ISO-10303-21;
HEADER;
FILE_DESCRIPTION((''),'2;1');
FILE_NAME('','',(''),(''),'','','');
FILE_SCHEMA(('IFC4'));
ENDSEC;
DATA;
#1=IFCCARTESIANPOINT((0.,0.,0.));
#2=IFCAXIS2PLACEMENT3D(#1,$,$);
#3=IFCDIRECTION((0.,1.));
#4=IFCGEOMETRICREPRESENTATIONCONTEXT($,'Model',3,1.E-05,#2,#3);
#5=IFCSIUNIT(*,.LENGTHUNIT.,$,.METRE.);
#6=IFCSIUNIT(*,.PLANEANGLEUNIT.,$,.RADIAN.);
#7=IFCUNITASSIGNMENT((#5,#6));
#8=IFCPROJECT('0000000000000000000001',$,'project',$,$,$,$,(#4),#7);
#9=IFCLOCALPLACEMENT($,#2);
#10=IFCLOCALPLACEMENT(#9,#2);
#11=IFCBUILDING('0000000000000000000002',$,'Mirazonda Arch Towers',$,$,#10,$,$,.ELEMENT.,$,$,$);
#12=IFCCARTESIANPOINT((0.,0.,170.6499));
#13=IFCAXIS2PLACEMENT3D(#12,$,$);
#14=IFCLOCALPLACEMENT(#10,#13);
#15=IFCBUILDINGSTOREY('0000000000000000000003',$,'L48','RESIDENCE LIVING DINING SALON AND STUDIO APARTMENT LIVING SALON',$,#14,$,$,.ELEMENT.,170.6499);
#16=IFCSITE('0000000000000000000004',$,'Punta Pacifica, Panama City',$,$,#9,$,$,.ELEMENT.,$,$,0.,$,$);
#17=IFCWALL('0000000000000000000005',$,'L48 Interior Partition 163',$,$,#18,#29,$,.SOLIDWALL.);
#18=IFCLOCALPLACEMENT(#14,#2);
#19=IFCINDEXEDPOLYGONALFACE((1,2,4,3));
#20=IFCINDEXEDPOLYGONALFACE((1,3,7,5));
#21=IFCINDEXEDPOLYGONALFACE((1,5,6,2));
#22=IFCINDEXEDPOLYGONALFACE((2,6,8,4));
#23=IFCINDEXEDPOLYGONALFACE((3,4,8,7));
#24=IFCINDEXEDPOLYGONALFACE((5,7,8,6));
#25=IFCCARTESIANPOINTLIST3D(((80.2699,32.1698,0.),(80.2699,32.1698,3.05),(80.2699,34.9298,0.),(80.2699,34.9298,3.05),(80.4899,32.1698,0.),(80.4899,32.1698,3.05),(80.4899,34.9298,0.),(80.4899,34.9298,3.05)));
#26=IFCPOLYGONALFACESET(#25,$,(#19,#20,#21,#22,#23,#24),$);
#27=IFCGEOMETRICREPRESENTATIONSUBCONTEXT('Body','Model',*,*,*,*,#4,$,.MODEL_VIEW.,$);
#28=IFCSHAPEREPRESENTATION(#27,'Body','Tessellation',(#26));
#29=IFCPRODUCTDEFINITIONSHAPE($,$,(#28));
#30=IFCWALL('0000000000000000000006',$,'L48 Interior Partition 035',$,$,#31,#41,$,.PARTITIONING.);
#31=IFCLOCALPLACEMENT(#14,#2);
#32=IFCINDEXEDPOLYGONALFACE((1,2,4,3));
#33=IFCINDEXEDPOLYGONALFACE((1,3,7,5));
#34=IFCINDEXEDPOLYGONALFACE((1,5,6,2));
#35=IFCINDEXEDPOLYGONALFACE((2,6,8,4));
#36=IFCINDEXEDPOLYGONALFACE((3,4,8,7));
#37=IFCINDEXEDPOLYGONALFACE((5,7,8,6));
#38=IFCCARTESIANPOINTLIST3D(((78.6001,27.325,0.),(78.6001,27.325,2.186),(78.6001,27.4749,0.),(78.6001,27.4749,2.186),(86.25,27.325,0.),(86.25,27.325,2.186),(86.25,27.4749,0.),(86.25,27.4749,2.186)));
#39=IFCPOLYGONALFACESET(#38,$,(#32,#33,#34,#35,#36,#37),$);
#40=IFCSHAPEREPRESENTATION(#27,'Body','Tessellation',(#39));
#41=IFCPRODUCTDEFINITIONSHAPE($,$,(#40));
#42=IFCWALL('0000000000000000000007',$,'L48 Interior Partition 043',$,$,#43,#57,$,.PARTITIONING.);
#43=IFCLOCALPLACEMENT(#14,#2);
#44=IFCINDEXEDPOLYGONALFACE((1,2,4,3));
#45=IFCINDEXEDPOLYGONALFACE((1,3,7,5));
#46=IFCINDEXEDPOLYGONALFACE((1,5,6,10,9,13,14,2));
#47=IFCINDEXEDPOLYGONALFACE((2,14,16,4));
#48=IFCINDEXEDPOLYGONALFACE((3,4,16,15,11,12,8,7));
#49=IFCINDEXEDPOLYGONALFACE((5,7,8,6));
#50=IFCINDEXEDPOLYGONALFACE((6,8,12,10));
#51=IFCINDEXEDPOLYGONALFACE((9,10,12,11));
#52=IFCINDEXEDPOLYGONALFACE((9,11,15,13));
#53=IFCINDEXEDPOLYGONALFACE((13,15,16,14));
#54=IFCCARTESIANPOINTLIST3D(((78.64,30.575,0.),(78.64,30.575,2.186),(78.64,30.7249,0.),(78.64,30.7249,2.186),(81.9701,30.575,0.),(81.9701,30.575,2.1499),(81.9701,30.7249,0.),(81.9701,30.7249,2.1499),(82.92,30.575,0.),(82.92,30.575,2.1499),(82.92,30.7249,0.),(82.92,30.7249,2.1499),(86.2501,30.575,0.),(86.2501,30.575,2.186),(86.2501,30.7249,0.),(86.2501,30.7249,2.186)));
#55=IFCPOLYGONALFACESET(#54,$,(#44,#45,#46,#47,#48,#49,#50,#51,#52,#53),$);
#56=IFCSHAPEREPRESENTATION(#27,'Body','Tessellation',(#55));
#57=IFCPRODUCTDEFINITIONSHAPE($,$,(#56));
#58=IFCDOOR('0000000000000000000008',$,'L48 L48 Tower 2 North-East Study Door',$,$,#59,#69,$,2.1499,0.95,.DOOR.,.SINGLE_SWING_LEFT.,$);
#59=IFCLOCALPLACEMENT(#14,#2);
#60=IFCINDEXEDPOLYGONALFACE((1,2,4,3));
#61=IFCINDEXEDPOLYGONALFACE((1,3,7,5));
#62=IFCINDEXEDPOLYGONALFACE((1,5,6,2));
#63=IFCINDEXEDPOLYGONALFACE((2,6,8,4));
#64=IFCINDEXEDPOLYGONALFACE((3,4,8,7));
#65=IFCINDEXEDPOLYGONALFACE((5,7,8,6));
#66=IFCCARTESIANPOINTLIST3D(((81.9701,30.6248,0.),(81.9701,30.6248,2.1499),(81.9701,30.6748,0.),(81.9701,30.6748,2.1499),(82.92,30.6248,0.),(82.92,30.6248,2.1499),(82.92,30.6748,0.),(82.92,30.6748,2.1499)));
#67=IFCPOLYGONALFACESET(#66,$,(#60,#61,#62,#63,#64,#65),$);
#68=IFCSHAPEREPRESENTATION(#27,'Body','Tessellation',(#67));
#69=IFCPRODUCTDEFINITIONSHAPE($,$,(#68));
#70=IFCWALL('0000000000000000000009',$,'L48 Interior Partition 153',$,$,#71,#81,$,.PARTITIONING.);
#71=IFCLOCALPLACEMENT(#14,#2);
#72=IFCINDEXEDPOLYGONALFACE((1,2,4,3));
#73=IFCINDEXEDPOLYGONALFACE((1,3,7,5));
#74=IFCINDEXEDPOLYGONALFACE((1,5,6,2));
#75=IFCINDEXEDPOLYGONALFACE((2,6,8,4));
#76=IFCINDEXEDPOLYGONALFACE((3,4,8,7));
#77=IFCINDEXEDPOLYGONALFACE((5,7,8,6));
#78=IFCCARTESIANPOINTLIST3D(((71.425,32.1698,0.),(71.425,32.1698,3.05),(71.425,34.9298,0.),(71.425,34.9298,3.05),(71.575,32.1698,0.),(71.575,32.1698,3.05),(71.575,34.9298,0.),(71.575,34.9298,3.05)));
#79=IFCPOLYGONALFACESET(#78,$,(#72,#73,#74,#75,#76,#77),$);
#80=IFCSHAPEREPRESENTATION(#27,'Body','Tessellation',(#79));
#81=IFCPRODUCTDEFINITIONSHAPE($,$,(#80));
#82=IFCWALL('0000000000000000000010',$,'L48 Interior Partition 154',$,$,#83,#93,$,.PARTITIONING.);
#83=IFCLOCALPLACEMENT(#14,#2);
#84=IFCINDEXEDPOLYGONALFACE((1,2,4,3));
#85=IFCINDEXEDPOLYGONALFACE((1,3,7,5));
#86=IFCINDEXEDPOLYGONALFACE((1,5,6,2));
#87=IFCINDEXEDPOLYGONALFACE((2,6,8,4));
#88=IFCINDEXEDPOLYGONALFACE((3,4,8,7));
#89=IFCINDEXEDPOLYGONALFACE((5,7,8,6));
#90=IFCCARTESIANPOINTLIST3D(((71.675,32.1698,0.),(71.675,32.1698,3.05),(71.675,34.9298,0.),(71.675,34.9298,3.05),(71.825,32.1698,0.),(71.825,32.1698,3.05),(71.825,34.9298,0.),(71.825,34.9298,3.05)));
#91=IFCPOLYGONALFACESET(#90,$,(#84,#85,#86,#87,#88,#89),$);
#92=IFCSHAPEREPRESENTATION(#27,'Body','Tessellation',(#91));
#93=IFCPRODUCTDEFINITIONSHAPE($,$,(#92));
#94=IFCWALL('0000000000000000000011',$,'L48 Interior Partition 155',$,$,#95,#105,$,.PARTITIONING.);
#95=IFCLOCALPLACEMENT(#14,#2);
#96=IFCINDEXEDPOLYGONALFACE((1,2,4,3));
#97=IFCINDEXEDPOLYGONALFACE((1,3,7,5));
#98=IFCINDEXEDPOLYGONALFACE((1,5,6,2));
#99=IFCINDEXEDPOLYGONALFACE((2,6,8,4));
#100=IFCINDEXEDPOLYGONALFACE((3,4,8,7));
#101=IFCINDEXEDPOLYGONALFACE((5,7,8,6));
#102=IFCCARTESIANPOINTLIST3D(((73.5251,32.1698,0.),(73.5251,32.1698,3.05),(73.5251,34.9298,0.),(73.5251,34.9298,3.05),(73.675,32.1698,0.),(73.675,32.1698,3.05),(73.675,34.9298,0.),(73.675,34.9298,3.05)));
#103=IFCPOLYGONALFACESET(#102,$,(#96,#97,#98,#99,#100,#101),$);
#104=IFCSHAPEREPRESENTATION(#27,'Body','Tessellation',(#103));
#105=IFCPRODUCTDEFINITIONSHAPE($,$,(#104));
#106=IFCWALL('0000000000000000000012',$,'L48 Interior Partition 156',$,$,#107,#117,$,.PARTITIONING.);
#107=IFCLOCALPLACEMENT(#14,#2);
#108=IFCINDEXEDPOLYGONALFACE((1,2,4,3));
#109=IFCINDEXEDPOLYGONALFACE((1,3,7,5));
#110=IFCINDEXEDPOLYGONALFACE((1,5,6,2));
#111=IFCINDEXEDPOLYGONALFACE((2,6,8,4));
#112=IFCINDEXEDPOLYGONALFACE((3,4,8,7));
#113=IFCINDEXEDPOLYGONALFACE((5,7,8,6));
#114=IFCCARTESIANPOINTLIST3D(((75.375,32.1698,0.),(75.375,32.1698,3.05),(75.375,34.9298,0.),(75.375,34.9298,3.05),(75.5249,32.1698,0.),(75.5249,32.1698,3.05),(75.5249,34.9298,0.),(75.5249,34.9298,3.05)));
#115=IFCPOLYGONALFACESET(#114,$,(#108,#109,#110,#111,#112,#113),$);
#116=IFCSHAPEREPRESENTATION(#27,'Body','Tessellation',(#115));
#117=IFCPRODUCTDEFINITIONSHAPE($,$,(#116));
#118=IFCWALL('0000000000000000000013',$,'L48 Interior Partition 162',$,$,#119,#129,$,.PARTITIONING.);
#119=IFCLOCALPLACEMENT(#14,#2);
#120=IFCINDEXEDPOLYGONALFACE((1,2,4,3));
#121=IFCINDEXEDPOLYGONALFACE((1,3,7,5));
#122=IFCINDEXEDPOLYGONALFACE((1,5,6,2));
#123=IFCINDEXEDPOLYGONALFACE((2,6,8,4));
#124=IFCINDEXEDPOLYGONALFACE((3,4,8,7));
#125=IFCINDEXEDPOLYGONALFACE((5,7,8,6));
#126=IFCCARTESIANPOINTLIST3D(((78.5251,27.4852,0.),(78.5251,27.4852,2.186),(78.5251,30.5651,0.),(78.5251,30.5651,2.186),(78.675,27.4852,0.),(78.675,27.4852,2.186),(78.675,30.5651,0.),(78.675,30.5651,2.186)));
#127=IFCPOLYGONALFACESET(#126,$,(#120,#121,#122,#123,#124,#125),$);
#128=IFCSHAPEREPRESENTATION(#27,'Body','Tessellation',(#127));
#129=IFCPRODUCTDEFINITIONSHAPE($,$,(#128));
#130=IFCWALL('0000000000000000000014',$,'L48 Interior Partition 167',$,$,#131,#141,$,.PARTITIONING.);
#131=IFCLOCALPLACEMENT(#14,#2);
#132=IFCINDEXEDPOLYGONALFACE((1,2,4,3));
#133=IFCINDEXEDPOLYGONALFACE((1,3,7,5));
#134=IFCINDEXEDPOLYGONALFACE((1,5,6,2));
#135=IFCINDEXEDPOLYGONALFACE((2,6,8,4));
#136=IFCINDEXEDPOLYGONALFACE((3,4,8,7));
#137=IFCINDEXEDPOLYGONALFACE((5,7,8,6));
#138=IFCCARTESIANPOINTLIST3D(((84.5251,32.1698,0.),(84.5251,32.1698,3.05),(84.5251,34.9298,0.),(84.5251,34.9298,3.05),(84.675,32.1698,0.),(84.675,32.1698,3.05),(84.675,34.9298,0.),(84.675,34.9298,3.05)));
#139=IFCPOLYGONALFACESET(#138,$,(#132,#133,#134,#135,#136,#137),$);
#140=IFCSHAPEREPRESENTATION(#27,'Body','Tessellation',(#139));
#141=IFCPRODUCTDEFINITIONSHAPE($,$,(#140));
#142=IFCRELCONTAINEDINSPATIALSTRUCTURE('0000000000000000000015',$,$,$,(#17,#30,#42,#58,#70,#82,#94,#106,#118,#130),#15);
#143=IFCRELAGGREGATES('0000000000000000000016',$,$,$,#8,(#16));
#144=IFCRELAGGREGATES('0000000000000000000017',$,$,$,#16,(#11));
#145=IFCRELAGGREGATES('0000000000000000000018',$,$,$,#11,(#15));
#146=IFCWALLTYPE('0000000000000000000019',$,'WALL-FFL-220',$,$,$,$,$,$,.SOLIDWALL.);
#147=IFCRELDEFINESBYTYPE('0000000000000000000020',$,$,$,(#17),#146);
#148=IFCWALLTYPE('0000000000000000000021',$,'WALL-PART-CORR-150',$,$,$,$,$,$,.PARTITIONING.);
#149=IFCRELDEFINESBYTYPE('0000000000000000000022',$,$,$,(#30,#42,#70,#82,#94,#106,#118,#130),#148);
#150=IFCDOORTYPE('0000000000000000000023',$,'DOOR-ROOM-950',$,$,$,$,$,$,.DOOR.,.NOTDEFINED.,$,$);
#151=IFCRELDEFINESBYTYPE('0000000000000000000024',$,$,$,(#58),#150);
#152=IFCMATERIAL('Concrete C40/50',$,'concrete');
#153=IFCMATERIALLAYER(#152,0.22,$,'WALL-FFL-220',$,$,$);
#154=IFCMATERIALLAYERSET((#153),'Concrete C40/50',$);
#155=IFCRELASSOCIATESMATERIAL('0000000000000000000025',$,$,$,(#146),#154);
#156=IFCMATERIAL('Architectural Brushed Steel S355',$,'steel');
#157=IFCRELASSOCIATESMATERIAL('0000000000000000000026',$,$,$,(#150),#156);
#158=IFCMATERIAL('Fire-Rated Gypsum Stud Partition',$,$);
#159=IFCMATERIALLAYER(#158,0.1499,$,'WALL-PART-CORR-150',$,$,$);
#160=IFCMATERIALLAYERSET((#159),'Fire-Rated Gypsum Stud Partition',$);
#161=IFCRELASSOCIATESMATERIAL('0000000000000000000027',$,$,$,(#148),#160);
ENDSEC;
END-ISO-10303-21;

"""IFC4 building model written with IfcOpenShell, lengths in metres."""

from ifc_helpers import new_model, si_unit, direction, frame, frame_2d, origin, place, context, subcontext, project, spatial, rectangle, extrude, material, layer, layer_set, type_object, element, fill, save


model = new_model("IFC4")

# Units and contexts
model_context = context("Model", 3, precision=1e-05, world=origin(), true_north=direction((0.0, 1.0)))
body_context = subcontext(model_context, "Body", "Model", "MODEL_VIEW")
ifc_project = project(units=[si_unit("LENGTHUNIT", "METRE"), si_unit("PLANEANGLEUNIT", "RADIAN")], contexts=[model_context])

# Site, building, storey
site_placement = place(None, origin())
site = spatial("IfcSite", under=ifc_project, at=site_placement, Name="Punta Pacifica, Panama City", CompositionType="ELEMENT", RefElevation=0.0)
building_placement = place(site_placement, origin())
building = spatial("IfcBuilding", under=site, at=building_placement, Name="Mirazonda Arch Towers", CompositionType="ELEMENT")
storey_placement = place(building_placement, frame((0.0, 0.0, 170.6499)))
storey = spatial("IfcBuildingStorey", under=building, at=storey_placement, Name="L48", Description="RESIDENCE LIVING DINING SALON AND STUDIO APARTMENT LIVING SALON", CompositionType="ELEMENT", Elevation=170.6499)

# Shared definitions
ifc_material_1 = material(Name="Concrete C40/50", Category="concrete")
ifc_layer_1 = layer(ifc_material_1, 0.22, Name="WALL-FFL-220")
ifc_layer_set_1 = layer_set([ifc_layer_1], Name="Concrete C40/50")
wall_type_1 = type_object("IfcWallType", Name="WALL-FFL-220", PredefinedType="SOLIDWALL", material=ifc_layer_set_1)
ifc_material_2 = material(Name="Architectural Brushed Steel S355", Category="steel")
door_type_1 = type_object("IfcDoorType", Name="DOOR-ROOM-950", OperationType="NOTDEFINED", PredefinedType="DOOR", material=ifc_material_2)

# Walls
wall_1_placement = place(storey_placement, frame((80.3799, 32.1699, 0.0), z_axis=(0.0, 0.0, 1.0), x_axis=(0.0, 1.0, 0.0)))
element("IfcWall", 1, at=wall_1_placement, inside=storey, type_object=wall_type_1, Name="L48 Interior Partition 163", PredefinedType="SOLIDWALL", context=body_context, shape_type="SweptSolid", body=[
    extrude(rectangle(XDim=2.76, YDim=0.22, at=frame_2d((1.3799, 0.0))), origin(), (0.0, 0.0, 1.0), 3.05),
])
ifc_material_3 = material(Name="Fire-Rated Gypsum Stud Partition")
ifc_layer_2 = layer(ifc_material_3, 0.1499, Name="WALL-PART-CORR-150")
ifc_layer_set_2 = layer_set([ifc_layer_2], Name="Fire-Rated Gypsum Stud Partition")
wall_type_2 = type_object("IfcWallType", Name="WALL-PART-CORR-150", PredefinedType="PARTITIONING", material=ifc_layer_set_2)
wall_2_placement = place(storey_placement, frame((78.6001, 27.3999, 0.0), z_axis=(0.0, 0.0, 1.0), x_axis=(1.0, 0.0, 0.0)))
element("IfcWall", 2, at=wall_2_placement, inside=storey, type_object=wall_type_2, Name="L48 Interior Partition 035", PredefinedType="PARTITIONING", context=body_context, shape_type="SweptSolid", body=[
    extrude(rectangle(XDim=7.6499, YDim=0.1499, at=frame_2d((3.825, 0.0))), origin(), (0.0, 0.0, 1.0), 2.186),
])

# Wall, opening, door
wall_3_placement = place(storey_placement, frame((78.6399, 30.6499, 0.0), z_axis=(0.0, 0.0, 1.0), x_axis=(1.0, 0.0, 0.0)))
wall_3 = element("IfcWall", 3, at=wall_3_placement, inside=storey, type_object=wall_type_2, Name="L48 Interior Partition 043", PredefinedType="PARTITIONING", context=body_context, shape_type="SweptSolid", body=[
    extrude(rectangle(XDim=7.6101, YDim=0.1499, at=frame_2d((3.8052, 0.0))), origin(), (0.0, 0.0, 1.0), 2.186),
])
opening_1_placement = place(wall_3_placement, frame((3.3301, 0.0, 0.0)))
opening_1 = element("IfcOpeningElement", 4, at=opening_1_placement, cuts=wall_3, PredefinedType="OPENING", context=body_context, shape_type="SweptSolid", body=[
    extrude(rectangle(XDim=0.95, YDim=2.1499, at=frame_2d((0.4751, 1.075))), frame((0.0, 0.085, 0.0), z_axis=(0.0, -1.0, 0.0), x_axis=(1.0, 0.0, 0.0)), (0.0, 0.0, 1.0), 0.1699),
])
door_1_placement = place(opening_1_placement, origin())
door_1 = element("IfcDoor", 5, at=door_1_placement, inside=storey, type_object=door_type_1, Name="L48 L48 Tower 2 North-East Study Door", OperationType="SINGLE_SWING_LEFT", OverallHeight=2.1499, OverallWidth=0.95, PredefinedType="DOOR", context=body_context, shape_type="SweptSolid", body=[
    extrude(rectangle(XDim=0.95, YDim=2.1499, at=frame_2d((0.4751, 1.075))), frame((0.0, 0.0249, 0.0), z_axis=(0.0, -1.0, 0.0), x_axis=(1.0, 0.0, 0.0)), (0.0, 0.0, 1.0), 0.05),
])
fill(opening_1, door_1)

# Walls
for number, where, z_axis, x_axis, name in (
    (6, (71.5, 32.1699, 0.0), (0.0, 0.0, 1.0), (0.0, 1.0, 0.0), "L48 Interior Partition 153"),
    (7, (71.75, 32.1699, 0.0), (0.0, 0.0, 1.0), (0.0, 1.0, 0.0), "L48 Interior Partition 154"),
    (8, (73.6001, 32.1699, 0.0), (0.0, 0.0, 1.0), (0.0, 1.0, 0.0), "L48 Interior Partition 155"),
    (9, (75.45, 32.1699, 0.0), (0.0, 0.0, 1.0), (0.0, 1.0, 0.0), "L48 Interior Partition 156"),
):
    element("IfcWall", number, at=place(storey_placement, frame(where, z_axis=z_axis, x_axis=x_axis)), inside=storey, type_object=wall_type_2, Name=name, PredefinedType="PARTITIONING", context=body_context, shape_type="SweptSolid", body=[
        extrude(rectangle(XDim=2.76, YDim=0.1499, at=frame_2d((1.3799, 0.0))), origin(), (0.0, 0.0, 1.0), 3.05),
    ])
wall_4_placement = place(storey_placement, frame((78.6001, 27.4851, 0.0), z_axis=(0.0, 0.0, 1.0), x_axis=(0.0, 1.0, 0.0)))
element("IfcWall", 10, at=wall_4_placement, inside=storey, type_object=wall_type_2, Name="L48 Interior Partition 162", PredefinedType="PARTITIONING", context=body_context, shape_type="SweptSolid", body=[
    extrude(rectangle(XDim=3.0798, YDim=0.1499, at=frame_2d((1.54, 0.0))), origin(), (0.0, 0.0, 1.0), 2.186),
])
wall_5_placement = place(storey_placement, frame((84.6001, 32.1699, 0.0), z_axis=(0.0, 0.0, 1.0), x_axis=(0.0, 1.0, 0.0)))
element("IfcWall", 11, at=wall_5_placement, inside=storey, type_object=wall_type_2, Name="L48 Interior Partition 167", PredefinedType="PARTITIONING", context=body_context, shape_type="SweptSolid", body=[
    extrude(rectangle(XDim=2.76, YDim=0.1499, at=frame_2d((1.3799, 0.0))), origin(), (0.0, 0.0, 1.0), 3.05),
])

save(model, "model.ifc")
